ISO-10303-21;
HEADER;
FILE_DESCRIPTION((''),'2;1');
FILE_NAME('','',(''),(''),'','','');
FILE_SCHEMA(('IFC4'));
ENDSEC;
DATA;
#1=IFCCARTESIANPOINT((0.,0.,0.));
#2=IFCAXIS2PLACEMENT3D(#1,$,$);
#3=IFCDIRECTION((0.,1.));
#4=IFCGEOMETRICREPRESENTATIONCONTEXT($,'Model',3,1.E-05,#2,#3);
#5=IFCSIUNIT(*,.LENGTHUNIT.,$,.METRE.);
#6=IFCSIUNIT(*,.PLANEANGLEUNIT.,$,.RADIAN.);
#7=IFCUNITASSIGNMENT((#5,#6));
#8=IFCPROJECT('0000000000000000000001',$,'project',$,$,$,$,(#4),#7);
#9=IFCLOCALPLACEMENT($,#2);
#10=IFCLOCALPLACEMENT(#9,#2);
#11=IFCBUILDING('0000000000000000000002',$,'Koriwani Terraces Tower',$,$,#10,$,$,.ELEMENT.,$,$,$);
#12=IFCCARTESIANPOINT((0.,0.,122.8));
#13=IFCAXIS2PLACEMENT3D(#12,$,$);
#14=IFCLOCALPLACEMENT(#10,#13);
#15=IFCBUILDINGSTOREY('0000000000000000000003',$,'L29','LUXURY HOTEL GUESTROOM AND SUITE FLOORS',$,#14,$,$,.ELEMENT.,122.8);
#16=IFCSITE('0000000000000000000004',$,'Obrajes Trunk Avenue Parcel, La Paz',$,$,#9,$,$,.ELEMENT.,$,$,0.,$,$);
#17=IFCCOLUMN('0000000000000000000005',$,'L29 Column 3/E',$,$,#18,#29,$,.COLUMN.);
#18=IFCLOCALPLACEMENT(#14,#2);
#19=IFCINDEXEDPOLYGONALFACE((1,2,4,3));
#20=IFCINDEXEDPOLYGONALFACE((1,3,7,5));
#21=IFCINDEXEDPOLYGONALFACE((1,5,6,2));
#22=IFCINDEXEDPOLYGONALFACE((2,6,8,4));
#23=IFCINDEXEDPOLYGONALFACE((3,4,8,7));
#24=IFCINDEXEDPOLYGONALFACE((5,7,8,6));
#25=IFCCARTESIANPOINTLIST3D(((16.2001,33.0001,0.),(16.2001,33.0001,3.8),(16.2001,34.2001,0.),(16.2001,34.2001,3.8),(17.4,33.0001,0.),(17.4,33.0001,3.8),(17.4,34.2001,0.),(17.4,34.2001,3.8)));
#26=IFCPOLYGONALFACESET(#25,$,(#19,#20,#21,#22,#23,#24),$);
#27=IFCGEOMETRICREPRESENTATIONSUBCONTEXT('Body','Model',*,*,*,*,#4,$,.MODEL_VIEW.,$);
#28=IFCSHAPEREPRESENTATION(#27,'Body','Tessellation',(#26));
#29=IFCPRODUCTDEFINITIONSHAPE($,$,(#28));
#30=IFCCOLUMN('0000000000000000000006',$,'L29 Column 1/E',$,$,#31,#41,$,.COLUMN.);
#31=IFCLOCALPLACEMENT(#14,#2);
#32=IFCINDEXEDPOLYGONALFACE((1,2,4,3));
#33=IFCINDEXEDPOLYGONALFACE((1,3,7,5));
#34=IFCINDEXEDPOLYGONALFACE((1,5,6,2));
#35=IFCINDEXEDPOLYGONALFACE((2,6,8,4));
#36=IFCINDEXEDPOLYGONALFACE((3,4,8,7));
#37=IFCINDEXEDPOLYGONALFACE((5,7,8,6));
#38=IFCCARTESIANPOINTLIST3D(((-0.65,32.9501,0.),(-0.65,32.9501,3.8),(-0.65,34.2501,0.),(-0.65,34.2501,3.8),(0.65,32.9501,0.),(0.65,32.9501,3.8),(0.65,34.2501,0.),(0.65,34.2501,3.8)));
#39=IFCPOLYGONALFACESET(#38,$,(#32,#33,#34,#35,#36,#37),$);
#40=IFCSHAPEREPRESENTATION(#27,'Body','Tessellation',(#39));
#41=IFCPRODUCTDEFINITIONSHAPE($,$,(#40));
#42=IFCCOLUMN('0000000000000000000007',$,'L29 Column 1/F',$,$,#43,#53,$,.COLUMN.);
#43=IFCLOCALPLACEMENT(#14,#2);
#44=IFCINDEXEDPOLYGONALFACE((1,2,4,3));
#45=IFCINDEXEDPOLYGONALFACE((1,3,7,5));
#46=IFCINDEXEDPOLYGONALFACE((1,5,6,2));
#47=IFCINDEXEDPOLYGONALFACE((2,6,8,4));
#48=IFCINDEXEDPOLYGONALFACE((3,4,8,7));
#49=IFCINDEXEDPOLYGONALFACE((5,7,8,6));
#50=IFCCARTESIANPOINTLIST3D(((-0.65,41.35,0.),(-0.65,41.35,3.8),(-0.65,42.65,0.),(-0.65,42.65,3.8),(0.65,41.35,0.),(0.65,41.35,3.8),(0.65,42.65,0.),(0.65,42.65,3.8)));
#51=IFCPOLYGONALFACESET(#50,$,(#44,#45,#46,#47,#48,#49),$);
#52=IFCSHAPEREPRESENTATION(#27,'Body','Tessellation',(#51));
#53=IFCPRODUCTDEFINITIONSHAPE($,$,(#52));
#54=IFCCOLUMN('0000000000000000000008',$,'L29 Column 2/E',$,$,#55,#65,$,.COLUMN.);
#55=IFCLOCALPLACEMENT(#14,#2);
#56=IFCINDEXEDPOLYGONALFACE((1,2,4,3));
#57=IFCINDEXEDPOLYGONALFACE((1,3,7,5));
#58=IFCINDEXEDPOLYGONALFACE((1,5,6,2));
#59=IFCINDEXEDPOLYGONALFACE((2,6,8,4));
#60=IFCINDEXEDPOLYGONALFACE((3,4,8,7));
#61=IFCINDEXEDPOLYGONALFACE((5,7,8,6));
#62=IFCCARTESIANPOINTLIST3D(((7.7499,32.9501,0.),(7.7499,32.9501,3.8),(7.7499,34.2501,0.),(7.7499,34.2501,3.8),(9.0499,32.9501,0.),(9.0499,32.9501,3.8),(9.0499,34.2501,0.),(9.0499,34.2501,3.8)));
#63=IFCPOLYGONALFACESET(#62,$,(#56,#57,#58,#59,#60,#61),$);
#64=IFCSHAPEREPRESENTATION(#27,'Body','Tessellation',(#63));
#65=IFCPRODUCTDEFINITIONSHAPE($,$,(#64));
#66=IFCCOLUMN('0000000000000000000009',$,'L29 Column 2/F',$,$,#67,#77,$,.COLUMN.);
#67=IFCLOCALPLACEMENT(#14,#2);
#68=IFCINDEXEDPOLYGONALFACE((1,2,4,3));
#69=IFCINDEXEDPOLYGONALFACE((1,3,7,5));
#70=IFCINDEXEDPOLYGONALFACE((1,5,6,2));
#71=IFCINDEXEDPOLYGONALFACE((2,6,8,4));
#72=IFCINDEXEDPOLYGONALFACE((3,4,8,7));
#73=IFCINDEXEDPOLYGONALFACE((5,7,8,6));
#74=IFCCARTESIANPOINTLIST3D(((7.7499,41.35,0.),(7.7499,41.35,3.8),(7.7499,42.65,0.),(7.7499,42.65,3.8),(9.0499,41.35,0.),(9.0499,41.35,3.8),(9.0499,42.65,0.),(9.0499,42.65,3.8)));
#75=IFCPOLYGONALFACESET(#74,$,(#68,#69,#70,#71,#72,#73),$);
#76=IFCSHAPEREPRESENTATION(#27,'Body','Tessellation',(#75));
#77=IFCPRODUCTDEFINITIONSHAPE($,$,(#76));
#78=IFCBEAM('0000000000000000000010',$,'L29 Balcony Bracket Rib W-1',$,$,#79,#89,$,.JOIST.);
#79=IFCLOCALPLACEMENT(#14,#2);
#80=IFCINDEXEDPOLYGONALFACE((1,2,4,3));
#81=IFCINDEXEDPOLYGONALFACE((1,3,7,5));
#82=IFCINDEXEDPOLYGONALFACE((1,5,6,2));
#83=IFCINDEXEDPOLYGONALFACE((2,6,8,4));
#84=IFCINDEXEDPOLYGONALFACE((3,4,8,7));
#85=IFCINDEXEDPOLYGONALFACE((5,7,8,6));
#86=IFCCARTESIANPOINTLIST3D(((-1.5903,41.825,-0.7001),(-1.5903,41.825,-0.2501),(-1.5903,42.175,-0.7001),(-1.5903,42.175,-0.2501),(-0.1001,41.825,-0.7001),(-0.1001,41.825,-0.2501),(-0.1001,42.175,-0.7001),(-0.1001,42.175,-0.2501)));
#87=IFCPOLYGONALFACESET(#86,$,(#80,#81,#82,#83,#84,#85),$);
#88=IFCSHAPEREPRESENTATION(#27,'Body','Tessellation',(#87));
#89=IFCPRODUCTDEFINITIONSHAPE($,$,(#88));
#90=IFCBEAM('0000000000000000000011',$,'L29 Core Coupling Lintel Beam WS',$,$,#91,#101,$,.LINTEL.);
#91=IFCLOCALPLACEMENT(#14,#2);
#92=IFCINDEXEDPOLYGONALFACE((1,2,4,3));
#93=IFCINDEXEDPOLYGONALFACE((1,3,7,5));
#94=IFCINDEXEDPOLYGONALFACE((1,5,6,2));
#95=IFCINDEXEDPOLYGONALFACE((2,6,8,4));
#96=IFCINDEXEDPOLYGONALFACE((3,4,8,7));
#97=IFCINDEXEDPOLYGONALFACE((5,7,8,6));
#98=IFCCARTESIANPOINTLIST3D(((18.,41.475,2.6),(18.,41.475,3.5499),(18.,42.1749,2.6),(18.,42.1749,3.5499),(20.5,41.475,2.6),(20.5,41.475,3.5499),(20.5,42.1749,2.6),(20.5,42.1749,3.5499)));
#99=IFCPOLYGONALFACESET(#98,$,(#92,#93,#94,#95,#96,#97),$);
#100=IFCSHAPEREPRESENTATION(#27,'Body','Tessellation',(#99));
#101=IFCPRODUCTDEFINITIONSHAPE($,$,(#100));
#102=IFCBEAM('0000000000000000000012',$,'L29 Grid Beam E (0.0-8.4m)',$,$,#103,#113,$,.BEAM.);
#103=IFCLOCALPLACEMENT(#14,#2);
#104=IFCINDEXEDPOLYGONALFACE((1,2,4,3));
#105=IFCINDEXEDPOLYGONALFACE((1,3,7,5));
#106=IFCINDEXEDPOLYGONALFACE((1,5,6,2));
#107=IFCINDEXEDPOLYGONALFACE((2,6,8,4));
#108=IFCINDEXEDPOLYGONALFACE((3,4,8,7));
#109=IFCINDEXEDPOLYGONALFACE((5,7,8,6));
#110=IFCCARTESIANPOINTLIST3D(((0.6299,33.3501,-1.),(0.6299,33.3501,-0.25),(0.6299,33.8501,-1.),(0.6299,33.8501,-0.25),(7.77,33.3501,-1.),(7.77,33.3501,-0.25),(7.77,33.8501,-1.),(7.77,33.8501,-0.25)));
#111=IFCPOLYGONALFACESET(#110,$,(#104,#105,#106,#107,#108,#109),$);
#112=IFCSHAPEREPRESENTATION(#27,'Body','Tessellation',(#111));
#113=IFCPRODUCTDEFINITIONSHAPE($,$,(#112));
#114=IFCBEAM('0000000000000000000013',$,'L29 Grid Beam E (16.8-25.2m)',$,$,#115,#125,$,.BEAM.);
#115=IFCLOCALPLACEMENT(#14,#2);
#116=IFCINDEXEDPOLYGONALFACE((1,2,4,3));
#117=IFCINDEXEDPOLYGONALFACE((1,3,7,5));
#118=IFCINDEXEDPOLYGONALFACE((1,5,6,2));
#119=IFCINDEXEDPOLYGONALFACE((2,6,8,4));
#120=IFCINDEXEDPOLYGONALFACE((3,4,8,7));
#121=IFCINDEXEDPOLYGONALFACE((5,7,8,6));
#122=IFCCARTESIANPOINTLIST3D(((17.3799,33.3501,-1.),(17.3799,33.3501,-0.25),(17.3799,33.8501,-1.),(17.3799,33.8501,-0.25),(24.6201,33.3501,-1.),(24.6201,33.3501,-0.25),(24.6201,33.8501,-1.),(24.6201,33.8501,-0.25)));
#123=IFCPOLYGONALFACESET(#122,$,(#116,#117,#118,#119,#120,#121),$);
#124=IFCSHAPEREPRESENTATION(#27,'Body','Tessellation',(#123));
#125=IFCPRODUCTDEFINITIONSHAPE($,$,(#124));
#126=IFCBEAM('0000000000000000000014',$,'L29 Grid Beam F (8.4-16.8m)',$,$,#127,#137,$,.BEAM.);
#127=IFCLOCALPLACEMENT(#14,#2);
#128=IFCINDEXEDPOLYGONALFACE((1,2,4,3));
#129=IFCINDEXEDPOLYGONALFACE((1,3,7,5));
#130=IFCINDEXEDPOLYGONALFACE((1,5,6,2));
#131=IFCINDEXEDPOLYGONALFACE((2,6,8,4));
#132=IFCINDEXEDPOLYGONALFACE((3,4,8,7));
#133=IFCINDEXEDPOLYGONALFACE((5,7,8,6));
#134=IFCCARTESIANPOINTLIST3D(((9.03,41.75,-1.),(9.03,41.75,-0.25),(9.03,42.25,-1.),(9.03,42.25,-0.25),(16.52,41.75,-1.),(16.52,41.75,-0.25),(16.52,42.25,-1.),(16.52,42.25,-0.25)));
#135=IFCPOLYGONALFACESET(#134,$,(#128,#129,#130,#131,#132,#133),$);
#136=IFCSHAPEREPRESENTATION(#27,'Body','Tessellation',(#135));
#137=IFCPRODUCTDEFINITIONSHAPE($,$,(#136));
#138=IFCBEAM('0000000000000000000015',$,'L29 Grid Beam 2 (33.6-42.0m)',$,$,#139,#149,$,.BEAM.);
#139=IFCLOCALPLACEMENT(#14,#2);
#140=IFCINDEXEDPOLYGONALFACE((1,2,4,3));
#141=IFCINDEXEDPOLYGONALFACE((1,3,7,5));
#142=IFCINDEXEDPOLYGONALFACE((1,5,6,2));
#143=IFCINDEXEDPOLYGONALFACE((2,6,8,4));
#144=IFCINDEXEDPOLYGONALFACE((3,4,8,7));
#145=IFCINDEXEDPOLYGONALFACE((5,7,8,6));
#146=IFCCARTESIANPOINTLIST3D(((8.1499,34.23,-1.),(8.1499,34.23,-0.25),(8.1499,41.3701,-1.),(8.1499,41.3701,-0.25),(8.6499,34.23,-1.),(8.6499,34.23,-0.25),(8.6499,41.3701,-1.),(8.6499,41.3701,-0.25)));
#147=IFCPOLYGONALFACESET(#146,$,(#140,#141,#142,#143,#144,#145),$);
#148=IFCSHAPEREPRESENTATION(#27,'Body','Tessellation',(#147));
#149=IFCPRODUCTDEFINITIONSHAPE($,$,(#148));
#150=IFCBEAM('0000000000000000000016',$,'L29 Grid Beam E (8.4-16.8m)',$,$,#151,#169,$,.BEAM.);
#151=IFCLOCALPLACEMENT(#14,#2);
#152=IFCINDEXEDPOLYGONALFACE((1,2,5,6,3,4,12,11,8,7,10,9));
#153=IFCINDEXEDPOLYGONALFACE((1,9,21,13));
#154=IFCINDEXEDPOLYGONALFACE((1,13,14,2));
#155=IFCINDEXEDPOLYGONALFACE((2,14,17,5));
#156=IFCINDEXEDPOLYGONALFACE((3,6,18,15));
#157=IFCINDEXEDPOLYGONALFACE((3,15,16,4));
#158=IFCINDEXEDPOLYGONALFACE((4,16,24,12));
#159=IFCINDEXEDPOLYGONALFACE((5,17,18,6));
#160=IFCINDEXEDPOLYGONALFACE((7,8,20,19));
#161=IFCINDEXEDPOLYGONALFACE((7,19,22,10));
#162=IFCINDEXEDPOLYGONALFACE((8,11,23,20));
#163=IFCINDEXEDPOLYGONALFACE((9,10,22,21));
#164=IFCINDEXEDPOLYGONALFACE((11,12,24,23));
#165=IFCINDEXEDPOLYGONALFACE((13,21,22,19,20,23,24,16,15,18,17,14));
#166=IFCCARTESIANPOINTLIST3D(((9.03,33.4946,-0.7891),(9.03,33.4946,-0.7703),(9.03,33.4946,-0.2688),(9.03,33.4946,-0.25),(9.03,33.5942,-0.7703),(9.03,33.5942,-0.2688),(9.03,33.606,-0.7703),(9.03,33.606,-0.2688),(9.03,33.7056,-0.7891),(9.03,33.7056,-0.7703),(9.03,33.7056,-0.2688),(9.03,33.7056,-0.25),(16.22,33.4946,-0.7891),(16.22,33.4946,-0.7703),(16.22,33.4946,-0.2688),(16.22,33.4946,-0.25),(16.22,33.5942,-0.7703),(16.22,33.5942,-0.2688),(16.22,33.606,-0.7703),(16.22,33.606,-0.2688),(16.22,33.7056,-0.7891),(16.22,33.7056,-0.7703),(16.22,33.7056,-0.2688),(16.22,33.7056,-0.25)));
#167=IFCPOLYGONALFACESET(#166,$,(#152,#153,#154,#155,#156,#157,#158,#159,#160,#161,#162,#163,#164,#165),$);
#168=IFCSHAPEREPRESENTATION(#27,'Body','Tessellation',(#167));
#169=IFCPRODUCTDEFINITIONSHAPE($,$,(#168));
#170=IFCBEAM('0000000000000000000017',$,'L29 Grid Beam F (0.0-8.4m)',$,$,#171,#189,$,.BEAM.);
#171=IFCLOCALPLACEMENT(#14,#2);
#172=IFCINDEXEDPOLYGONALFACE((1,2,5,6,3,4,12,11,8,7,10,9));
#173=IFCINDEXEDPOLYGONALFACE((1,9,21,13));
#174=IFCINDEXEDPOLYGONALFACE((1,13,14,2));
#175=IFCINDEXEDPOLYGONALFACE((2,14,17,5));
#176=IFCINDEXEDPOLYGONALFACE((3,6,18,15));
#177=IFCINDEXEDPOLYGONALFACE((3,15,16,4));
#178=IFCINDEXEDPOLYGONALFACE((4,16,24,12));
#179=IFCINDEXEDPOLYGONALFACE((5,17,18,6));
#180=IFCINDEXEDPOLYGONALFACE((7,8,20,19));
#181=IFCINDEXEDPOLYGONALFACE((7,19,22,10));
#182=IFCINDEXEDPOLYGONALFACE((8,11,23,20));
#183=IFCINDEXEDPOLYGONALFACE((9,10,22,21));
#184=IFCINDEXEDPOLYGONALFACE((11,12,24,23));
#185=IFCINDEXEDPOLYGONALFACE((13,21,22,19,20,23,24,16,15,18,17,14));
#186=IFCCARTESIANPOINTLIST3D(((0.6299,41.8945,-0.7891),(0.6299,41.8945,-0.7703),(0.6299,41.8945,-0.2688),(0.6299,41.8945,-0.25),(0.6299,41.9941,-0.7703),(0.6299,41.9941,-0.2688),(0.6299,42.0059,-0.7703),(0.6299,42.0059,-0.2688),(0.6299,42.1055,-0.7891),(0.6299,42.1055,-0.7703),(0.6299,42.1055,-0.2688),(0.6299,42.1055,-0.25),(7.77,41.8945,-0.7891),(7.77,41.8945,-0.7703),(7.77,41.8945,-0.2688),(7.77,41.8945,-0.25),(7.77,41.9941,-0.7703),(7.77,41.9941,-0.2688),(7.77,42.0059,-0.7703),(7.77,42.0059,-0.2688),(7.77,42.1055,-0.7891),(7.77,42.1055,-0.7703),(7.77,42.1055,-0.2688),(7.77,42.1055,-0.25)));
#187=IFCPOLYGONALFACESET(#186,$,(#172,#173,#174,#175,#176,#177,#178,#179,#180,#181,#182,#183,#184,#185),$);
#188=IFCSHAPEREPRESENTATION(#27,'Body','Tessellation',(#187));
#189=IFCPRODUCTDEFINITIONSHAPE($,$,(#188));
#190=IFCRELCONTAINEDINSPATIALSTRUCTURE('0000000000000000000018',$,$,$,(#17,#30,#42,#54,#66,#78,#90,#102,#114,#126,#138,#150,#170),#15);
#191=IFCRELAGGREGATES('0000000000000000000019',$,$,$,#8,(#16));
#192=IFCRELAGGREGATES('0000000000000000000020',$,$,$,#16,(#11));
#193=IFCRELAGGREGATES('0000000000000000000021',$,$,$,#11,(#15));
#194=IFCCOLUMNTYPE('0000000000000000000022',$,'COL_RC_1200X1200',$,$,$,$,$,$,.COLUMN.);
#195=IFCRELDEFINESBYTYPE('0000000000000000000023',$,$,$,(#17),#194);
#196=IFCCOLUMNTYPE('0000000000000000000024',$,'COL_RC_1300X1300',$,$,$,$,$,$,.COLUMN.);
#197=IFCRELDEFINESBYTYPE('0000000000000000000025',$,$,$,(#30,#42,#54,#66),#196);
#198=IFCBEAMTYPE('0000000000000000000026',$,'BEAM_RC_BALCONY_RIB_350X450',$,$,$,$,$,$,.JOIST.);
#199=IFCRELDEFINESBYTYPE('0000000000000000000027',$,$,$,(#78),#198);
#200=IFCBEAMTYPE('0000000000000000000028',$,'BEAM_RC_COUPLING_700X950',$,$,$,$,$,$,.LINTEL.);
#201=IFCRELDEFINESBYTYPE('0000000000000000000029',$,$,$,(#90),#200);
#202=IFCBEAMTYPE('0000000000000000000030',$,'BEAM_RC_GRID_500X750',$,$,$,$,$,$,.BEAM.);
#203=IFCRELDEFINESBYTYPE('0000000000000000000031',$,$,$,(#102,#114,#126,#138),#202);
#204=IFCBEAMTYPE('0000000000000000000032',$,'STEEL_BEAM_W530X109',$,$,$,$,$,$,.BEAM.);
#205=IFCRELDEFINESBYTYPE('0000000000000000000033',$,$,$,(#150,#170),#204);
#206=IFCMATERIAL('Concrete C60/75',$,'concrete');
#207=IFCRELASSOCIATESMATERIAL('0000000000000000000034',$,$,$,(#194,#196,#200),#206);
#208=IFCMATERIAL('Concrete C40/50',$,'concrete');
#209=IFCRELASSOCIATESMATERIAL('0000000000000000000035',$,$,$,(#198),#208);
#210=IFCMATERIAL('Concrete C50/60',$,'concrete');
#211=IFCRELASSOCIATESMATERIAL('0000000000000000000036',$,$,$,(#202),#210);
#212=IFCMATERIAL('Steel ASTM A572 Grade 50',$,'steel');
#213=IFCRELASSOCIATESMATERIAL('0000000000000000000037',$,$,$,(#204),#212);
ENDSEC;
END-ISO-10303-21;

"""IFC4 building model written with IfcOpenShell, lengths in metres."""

from ifc_helpers import new_model, si_unit, direction, frame, origin, origin_2d, place, context, subcontext, project, spatial, rectangle, i_section, extrude, material, material_profile, profile_set, type_object, element, save


model = new_model("IFC4")

# Units and contexts
model_context = context("Model", 3, precision=1e-05, world=origin(), true_north=direction((0.0, 1.0)))
body_context = subcontext(model_context, "Body", "Model", "MODEL_VIEW")
ifc_project = project(units=[si_unit("LENGTHUNIT", "METRE"), si_unit("PLANEANGLEUNIT", "RADIAN")], contexts=[model_context])

# Site, building, storey
site_placement = place(None, origin())
site = spatial("IfcSite", under=ifc_project, at=site_placement, Name="Obrajes Trunk Avenue Parcel, La Paz", CompositionType="ELEMENT", RefElevation=0.0)
building_placement = place(site_placement, origin())
building = spatial("IfcBuilding", under=site, at=building_placement, Name="Koriwani Terraces Tower", CompositionType="ELEMENT")
storey_placement = place(building_placement, frame((0.0, 0.0, 122.8)))
storey = spatial("IfcBuildingStorey", under=building, at=storey_placement, Name="L29", Description="LUXURY HOTEL GUESTROOM AND SUITE FLOORS", CompositionType="ELEMENT", Elevation=122.8)

# Columns
ifc_material_1 = material(Name="Concrete C60/75", Category="concrete")
ifc_material_profile_1 = material_profile(ifc_material_1, rectangle(XDim=1.2, YDim=1.2, at=origin_2d()), Name="Concrete C60/75", Category="LoadBearing")
ifc_profile_set_1 = profile_set([ifc_material_profile_1], Name="Concrete C60/75")
column_type_1 = type_object("IfcColumnType", Name="COL_RC_1200X1200", PredefinedType="COLUMN", material=ifc_profile_set_1)
column_placement = place(storey_placement, frame((16.8, 33.6001, 0.0), z_axis=(0.0, 0.0, 1.0), x_axis=(1.0, 0.0, 0.0)))
element("IfcColumn", 1, at=column_placement, inside=storey, type_object=column_type_1, Name="L29 Column 3/E", PredefinedType="COLUMN", context=body_context, shape_type="SweptSolid", body=[
    extrude(rectangle(XDim=1.2, YDim=1.2, at=origin_2d()), origin(), (0.0, 0.0, 1.0), 3.8),
])
ifc_material_profile_2 = material_profile(ifc_material_1, rectangle(XDim=1.3, YDim=1.3, at=origin_2d()), Name="Concrete C60/75", Category="LoadBearing")
ifc_profile_set_2 = profile_set([ifc_material_profile_2], Name="Concrete C60/75")
column_type_2 = type_object("IfcColumnType", Name="COL_RC_1300X1300", PredefinedType="COLUMN", material=ifc_profile_set_2)
for number, where, z_axis, x_axis, name in (
    (2, (0.0, 33.6001, 0.0), (0.0, 0.0, 1.0), (1.0, 0.0, 0.0), "L29 Column 1/E"),
    (3, (0.0, 42.0, 0.0), (0.0, 0.0, 1.0), (1.0, 0.0, 0.0), "L29 Column 1/F"),
    (4, (8.3999, 33.6001, 0.0), (0.0, 0.0, 1.0), (1.0, 0.0, 0.0), "L29 Column 2/E"),
    (5, (8.3999, 42.0, 0.0), (0.0, 0.0, 1.0), (1.0, 0.0, 0.0), "L29 Column 2/F"),
):
    element("IfcColumn", number, at=place(storey_placement, frame(where, z_axis=z_axis, x_axis=x_axis)), inside=storey, type_object=column_type_2, Name=name, PredefinedType="COLUMN", context=body_context, shape_type="SweptSolid", body=[
        extrude(rectangle(XDim=1.3, YDim=1.3, at=origin_2d()), origin(), (0.0, 0.0, 1.0), 3.8),
    ])

# Beams
ifc_material_2 = material(Name="Concrete C40/50", Category="concrete")
ifc_material_profile_3 = material_profile(ifc_material_2, rectangle(XDim=0.3501, YDim=0.45, at=origin_2d()), Name="Concrete C40/50", Category="LoadBearing")
ifc_profile_set_3 = profile_set([ifc_material_profile_3], Name="Concrete C40/50")
beam_type_1 = type_object("IfcBeamType", Name="BEAM_RC_BALCONY_RIB_350X450", PredefinedType="JOIST", material=ifc_profile_set_3)
beam_1_placement = place(storey_placement, frame((-1.5903, 42.0, -0.4751), z_axis=(1.0, 0.0, 0.0), x_axis=(0.0, 1.0, 0.0)))
element("IfcBeam", 6, at=beam_1_placement, inside=storey, type_object=beam_type_1, Name="L29 Balcony Bracket Rib W-1", PredefinedType="JOIST", context=body_context, shape_type="SweptSolid", body=[
    extrude(rectangle(XDim=0.3501, YDim=0.45, at=origin_2d()), origin(), (0.0, 0.0, 1.0), 1.4902),
])
ifc_material_profile_4 = material_profile(ifc_material_1, rectangle(XDim=0.7, YDim=0.95, at=origin_2d()), Name="Concrete C60/75", Category="LoadBearing")
ifc_profile_set_4 = profile_set([ifc_material_profile_4], Name="Concrete C60/75")
beam_type_2 = type_object("IfcBeamType", Name="BEAM_RC_COUPLING_700X950", PredefinedType="LINTEL", material=ifc_profile_set_4)
beam_2_placement = place(storey_placement, frame((18.0, 41.825, 3.075), z_axis=(1.0, 0.0, 0.0), x_axis=(0.0, 1.0, 0.0)))
element("IfcBeam", 7, at=beam_2_placement, inside=storey, type_object=beam_type_2, Name="L29 Core Coupling Lintel Beam WS", PredefinedType="LINTEL", context=body_context, shape_type="SweptSolid", body=[
    extrude(rectangle(XDim=0.7, YDim=0.95, at=origin_2d()), origin(), (0.0, 0.0, 1.0), 2.5),
])
ifc_material_3 = material(Name="Concrete C50/60", Category="concrete")
ifc_material_profile_5 = material_profile(ifc_material_3, rectangle(XDim=0.5, YDim=0.75, at=origin_2d()), Name="Concrete C50/60", Category="LoadBearing")
ifc_profile_set_5 = profile_set([ifc_material_profile_5], Name="Concrete C50/60")
beam_type_3 = type_object("IfcBeamType", Name="BEAM_RC_GRID_500X750", PredefinedType="BEAM", material=ifc_profile_set_5)
beam_3_placement = place(storey_placement, frame((0.6299, 33.6001, -0.625), z_axis=(1.0, 0.0, 0.0), x_axis=(0.0, 1.0, 0.0)))
element("IfcBeam", 8, at=beam_3_placement, inside=storey, type_object=beam_type_3, Name="L29 Grid Beam E (0.0-8.4m)", PredefinedType="BEAM", context=body_context, shape_type="SweptSolid", body=[
    extrude(rectangle(XDim=0.5, YDim=0.75, at=origin_2d()), origin(), (0.0, 0.0, 1.0), 7.1401),
])
beam_4_placement = place(storey_placement, frame((17.3799, 33.6001, -0.625), z_axis=(1.0, 0.0, 0.0), x_axis=(0.0, 1.0, 0.0)))
element("IfcBeam", 9, at=beam_4_placement, inside=storey, type_object=beam_type_3, Name="L29 Grid Beam E (16.8-25.2m)", PredefinedType="BEAM", context=body_context, shape_type="SweptSolid", body=[
    extrude(rectangle(XDim=0.5, YDim=0.75, at=origin_2d()), origin(), (0.0, 0.0, 1.0), 7.2402),
])
beam_5_placement = place(storey_placement, frame((9.03, 42.0, -0.625), z_axis=(1.0, 0.0, 0.0), x_axis=(0.0, 1.0, 0.0)))
element("IfcBeam", 10, at=beam_5_placement, inside=storey, type_object=beam_type_3, Name="L29 Grid Beam F (8.4-16.8m)", PredefinedType="BEAM", context=body_context, shape_type="SweptSolid", body=[
    extrude(rectangle(XDim=0.5, YDim=0.75, at=origin_2d()), origin(), (0.0, 0.0, 1.0), 7.49),
])
beam_6_placement = place(storey_placement, frame((8.3999, 34.23, -0.625), z_axis=(0.0, 1.0, 0.0), x_axis=(-1.0, 0.0, 0.0)))
element("IfcBeam", 11, at=beam_6_placement, inside=storey, type_object=beam_type_3, Name="L29 Grid Beam 2 (33.6-42.0m)", PredefinedType="BEAM", context=body_context, shape_type="SweptSolid", body=[
    extrude(rectangle(XDim=0.5, YDim=0.75, at=origin_2d()), origin(), (0.0, 0.0, 1.0), 7.1401),
])
ifc_material_4 = material(Name="Steel ASTM A572 Grade 50", Category="steel")
ifc_material_profile_6 = material_profile(ifc_material_4, i_section(OverallWidth=0.2109, OverallDepth=0.5391, WebThickness=0.0117, FlangeThickness=0.0188, at=origin_2d()), Name="Steel ASTM A572 Grade 50", Category="LoadBearing")
ifc_profile_set_6 = profile_set([ifc_material_profile_6], Name="Steel ASTM A572 Grade 50")
beam_type_4 = type_object("IfcBeamType", Name="STEEL_BEAM_W530X109", PredefinedType="BEAM", material=ifc_profile_set_6)
beam_7_placement = place(storey_placement, frame((9.03, 33.6001, -0.5195), z_axis=(1.0, 0.0, 0.0), x_axis=(0.0, 1.0, 0.0)))
element("IfcBeam", 12, at=beam_7_placement, inside=storey, type_object=beam_type_4, Name="L29 Grid Beam E (8.4-16.8m)", PredefinedType="BEAM", context=body_context, shape_type="SweptSolid", body=[
    extrude(i_section(OverallWidth=0.2109, OverallDepth=0.5391, WebThickness=0.0117, FlangeThickness=0.0188, at=origin_2d()), origin(), (0.0, 0.0, 1.0), 7.1899),
])
for number, where, z_axis, x_axis, name in (
    (13, (0.6299, 42.0, -0.5195), (1.0, 0.0, 0.0), (0.0, 1.0, 0.0), "L29 Grid Beam F (0.0-8.4m)"),
):
    element("IfcBeam", number, at=place(storey_placement, frame(where, z_axis=z_axis, x_axis=x_axis)), inside=storey, type_object=beam_type_4, Name=name, PredefinedType="BEAM", context=body_context, shape_type="SweptSolid", body=[
        extrude(i_section(OverallWidth=0.2109, OverallDepth=0.5391, WebThickness=0.0117, FlangeThickness=0.0188, at=origin_2d()), origin(), (0.0, 0.0, 1.0), 7.1401),
    ])

save(model, "model.ifc")
